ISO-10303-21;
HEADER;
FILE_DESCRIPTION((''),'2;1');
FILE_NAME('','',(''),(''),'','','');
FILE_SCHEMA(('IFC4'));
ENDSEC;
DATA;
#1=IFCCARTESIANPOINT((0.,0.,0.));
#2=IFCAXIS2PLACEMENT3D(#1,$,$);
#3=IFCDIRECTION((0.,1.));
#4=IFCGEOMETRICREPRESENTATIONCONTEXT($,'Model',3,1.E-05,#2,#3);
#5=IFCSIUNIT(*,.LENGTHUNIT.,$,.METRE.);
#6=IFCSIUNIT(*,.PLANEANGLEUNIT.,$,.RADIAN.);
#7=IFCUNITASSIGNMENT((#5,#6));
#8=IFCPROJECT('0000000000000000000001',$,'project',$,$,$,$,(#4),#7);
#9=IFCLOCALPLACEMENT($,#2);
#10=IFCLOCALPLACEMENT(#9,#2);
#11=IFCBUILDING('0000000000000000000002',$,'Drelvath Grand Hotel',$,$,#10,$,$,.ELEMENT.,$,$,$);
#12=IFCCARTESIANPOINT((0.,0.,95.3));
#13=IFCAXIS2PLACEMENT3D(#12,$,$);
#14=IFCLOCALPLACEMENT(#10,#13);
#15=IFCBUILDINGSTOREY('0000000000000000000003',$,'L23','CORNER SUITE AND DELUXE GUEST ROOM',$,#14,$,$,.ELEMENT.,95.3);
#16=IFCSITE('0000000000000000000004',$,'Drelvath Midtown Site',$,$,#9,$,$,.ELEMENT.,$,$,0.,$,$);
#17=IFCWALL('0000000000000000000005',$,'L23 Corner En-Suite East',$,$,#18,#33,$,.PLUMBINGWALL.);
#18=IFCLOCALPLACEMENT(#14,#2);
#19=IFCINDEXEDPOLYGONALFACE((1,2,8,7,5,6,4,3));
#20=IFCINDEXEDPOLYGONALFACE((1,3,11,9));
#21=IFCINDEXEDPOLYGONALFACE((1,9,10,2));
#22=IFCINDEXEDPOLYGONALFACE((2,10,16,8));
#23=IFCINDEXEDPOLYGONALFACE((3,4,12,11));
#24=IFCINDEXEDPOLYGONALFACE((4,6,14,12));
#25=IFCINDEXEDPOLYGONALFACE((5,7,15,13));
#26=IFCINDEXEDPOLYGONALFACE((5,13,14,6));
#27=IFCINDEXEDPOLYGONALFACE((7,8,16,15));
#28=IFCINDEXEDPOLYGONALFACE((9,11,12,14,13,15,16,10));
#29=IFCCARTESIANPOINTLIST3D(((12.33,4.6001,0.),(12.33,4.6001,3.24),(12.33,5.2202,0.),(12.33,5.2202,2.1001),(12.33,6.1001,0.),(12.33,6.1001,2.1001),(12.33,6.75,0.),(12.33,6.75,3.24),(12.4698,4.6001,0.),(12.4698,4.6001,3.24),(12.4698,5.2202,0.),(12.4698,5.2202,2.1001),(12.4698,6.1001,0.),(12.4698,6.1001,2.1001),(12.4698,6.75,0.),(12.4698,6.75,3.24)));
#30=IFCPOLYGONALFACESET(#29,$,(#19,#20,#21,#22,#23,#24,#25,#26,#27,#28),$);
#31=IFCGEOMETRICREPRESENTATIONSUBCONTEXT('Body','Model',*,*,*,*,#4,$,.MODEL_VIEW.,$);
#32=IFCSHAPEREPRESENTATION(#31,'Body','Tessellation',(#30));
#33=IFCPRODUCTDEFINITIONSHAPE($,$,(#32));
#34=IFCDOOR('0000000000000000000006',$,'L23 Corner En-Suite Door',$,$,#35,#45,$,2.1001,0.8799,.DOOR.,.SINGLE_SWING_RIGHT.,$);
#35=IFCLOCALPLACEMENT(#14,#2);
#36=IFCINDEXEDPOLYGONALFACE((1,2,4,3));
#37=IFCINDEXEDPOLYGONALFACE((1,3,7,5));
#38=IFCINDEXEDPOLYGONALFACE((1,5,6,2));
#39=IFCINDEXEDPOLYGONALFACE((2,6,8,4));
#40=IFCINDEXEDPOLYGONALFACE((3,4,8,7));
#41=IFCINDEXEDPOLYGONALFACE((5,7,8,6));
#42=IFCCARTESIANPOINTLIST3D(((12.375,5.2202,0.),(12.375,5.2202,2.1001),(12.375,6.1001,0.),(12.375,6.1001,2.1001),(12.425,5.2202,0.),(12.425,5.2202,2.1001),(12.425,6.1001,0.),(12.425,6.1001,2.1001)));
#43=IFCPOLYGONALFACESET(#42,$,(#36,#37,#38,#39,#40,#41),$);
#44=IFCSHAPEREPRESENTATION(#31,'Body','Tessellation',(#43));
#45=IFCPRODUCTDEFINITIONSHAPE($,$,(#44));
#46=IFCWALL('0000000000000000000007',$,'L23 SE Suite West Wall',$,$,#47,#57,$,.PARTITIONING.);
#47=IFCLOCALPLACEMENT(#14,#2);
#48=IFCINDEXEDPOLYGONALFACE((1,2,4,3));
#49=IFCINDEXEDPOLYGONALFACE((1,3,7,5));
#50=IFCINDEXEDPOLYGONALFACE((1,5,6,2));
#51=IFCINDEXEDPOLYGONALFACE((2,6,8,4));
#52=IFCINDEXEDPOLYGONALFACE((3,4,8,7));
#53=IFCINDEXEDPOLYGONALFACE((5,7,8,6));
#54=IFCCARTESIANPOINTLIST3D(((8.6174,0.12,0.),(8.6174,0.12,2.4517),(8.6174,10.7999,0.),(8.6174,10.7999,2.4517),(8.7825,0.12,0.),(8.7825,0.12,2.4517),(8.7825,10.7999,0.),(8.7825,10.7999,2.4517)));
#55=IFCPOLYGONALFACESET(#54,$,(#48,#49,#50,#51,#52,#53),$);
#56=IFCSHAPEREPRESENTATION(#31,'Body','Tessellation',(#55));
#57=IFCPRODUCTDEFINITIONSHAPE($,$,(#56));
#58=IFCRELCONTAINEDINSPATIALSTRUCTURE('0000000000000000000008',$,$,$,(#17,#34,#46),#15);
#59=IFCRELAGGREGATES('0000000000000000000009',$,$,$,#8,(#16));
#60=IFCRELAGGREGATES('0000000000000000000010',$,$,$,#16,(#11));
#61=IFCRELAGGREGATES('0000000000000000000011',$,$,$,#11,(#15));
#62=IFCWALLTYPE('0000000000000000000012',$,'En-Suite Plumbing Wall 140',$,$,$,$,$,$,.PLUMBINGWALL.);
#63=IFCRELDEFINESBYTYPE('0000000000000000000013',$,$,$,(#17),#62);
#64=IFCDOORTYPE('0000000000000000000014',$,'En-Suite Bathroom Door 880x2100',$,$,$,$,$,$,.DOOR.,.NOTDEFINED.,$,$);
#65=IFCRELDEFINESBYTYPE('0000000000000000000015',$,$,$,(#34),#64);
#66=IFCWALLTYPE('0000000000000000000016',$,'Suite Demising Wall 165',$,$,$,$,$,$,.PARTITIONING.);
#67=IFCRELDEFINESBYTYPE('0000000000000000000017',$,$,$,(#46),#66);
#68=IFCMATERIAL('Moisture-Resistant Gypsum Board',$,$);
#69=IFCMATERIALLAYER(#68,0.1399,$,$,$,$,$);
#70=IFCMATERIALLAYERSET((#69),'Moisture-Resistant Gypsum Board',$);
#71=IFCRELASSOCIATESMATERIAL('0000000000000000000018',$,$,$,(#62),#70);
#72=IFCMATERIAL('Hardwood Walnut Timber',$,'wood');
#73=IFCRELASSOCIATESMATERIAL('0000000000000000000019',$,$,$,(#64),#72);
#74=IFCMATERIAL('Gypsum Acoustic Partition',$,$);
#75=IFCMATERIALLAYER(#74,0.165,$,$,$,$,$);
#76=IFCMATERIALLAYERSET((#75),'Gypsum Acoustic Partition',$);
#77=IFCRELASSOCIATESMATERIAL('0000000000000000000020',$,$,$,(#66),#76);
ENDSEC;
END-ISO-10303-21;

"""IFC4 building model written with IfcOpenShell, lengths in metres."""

from ifc_helpers import new_model, si_unit, direction, frame, frame_2d, origin, place, context, subcontext, project, spatial, rectangle, extrude, material, layer, layer_set, type_object, element, fill, save


model = new_model("IFC4")

# Units and contexts
model_context = context("Model", 3, precision=1e-05, world=origin(), true_north=direction((0.0, 1.0)))
body_context = subcontext(model_context, "Body", "Model", "MODEL_VIEW")
ifc_project = project(units=[si_unit("LENGTHUNIT", "METRE"), si_unit("PLANEANGLEUNIT", "RADIAN")], contexts=[model_context])

# Site, building, storey
site_placement = place(None, origin())
site = spatial("IfcSite", under=ifc_project, at=site_placement, Name="Drelvath Midtown Site", CompositionType="ELEMENT", RefElevation=0.0)
building_placement = place(site_placement, origin())
building = spatial("IfcBuilding", under=site, at=building_placement, Name="Drelvath Grand Hotel", CompositionType="ELEMENT")
storey_placement = place(building_placement, frame((0.0, 0.0, 95.3)))
storey = spatial("IfcBuildingStorey", under=building, at=storey_placement, Name="L23", Description="CORNER SUITE AND DELUXE GUEST ROOM", CompositionType="ELEMENT", Elevation=95.3)

# Shared definitions
ifc_material_1 = material(Name="Hardwood Walnut Timber", Category="wood")

# Shared definitions
ifc_material_2 = material(Name="Moisture-Resistant Gypsum Board")
ifc_layer_1 = layer(ifc_material_2, 0.1399)
ifc_layer_set_1 = layer_set([ifc_layer_1], Name="Moisture-Resistant Gypsum Board")
wall_type_1 = type_object("IfcWallType", Name="En-Suite Plumbing Wall 140", PredefinedType="PLUMBINGWALL", material=ifc_layer_set_1)

# Wall, opening, door
wall_1_placement = place(storey_placement, frame((12.3999, 4.6001, 0.0), z_axis=(0.0, 0.0, 1.0), x_axis=(0.0, 1.0, 0.0)))
wall_1 = element("IfcWall", 1, at=wall_1_placement, inside=storey, type_object=wall_type_1, Name="L23 Corner En-Suite East", PredefinedType="PLUMBINGWALL", context=body_context, shape_type="SweptSolid", body=[
    extrude(rectangle(XDim=2.1499, YDim=0.1399, at=frame_2d((1.075, 0.0))), origin(), (0.0, 0.0, 1.0), 3.24),
])
opening_1_placement = place(wall_1_placement, frame((0.6201, 0.0, 0.0)))
opening_1 = element("IfcOpeningElement", 2, at=opening_1_placement, cuts=wall_1, PredefinedType="OPENING", context=body_context, shape_type="SweptSolid", body=[
    extrude(rectangle(XDim=0.8799, YDim=2.1001, at=frame_2d((0.4399, 1.05))), frame((0.0, 0.0798, 0.0), z_axis=(0.0, -1.0, 0.0), x_axis=(1.0, 0.0, 0.0)), (0.0, 0.0, 1.0), 0.1599),
])
door_type_1 = type_object("IfcDoorType", Name="En-Suite Bathroom Door 880x2100", OperationType="NOTDEFINED", PredefinedType="DOOR", material=ifc_material_1)
door_1_placement = place(opening_1_placement, origin())
door_1 = element("IfcDoor", 3, at=door_1_placement, inside=storey, type_object=door_type_1, Name="L23 Corner En-Suite Door", OperationType="SINGLE_SWING_RIGHT", OverallHeight=2.1001, OverallWidth=0.8799, PredefinedType="DOOR", context=body_context, shape_type="SweptSolid", body=[
    extrude(rectangle(XDim=0.8799, YDim=2.1001, at=frame_2d((0.4399, 1.05))), frame((0.0, 0.0249, 0.0), z_axis=(0.0, -1.0, 0.0), x_axis=(1.0, 0.0, 0.0)), (0.0, 0.0, 1.0), 0.05),
])
fill(opening_1, door_1)

# Wall
ifc_material_3 = material(Name="Gypsum Acoustic Partition")
ifc_layer_2 = layer(ifc_material_3, 0.165)
ifc_layer_set_2 = layer_set([ifc_layer_2], Name="Gypsum Acoustic Partition")
wall_type_2 = type_object("IfcWallType", Name="Suite Demising Wall 165", PredefinedType="PARTITIONING", material=ifc_layer_set_2)
wall_2_placement = place(storey_placement, frame((8.7, 0.1201, 0.0), z_axis=(0.0, 0.0, 1.0), x_axis=(0.0, 1.0, 0.0)))
element("IfcWall", 4, at=wall_2_placement, inside=storey, type_object=wall_type_2, Name="L23 SE Suite West Wall", PredefinedType="PARTITIONING", context=body_context, shape_type="SweptSolid", body=[
    extrude(rectangle(XDim=10.6799, YDim=0.165, at=frame_2d((5.3398, 0.0))), origin(), (0.0, 0.0, 1.0), 2.4517),
])

save(model, "model.ifc")
